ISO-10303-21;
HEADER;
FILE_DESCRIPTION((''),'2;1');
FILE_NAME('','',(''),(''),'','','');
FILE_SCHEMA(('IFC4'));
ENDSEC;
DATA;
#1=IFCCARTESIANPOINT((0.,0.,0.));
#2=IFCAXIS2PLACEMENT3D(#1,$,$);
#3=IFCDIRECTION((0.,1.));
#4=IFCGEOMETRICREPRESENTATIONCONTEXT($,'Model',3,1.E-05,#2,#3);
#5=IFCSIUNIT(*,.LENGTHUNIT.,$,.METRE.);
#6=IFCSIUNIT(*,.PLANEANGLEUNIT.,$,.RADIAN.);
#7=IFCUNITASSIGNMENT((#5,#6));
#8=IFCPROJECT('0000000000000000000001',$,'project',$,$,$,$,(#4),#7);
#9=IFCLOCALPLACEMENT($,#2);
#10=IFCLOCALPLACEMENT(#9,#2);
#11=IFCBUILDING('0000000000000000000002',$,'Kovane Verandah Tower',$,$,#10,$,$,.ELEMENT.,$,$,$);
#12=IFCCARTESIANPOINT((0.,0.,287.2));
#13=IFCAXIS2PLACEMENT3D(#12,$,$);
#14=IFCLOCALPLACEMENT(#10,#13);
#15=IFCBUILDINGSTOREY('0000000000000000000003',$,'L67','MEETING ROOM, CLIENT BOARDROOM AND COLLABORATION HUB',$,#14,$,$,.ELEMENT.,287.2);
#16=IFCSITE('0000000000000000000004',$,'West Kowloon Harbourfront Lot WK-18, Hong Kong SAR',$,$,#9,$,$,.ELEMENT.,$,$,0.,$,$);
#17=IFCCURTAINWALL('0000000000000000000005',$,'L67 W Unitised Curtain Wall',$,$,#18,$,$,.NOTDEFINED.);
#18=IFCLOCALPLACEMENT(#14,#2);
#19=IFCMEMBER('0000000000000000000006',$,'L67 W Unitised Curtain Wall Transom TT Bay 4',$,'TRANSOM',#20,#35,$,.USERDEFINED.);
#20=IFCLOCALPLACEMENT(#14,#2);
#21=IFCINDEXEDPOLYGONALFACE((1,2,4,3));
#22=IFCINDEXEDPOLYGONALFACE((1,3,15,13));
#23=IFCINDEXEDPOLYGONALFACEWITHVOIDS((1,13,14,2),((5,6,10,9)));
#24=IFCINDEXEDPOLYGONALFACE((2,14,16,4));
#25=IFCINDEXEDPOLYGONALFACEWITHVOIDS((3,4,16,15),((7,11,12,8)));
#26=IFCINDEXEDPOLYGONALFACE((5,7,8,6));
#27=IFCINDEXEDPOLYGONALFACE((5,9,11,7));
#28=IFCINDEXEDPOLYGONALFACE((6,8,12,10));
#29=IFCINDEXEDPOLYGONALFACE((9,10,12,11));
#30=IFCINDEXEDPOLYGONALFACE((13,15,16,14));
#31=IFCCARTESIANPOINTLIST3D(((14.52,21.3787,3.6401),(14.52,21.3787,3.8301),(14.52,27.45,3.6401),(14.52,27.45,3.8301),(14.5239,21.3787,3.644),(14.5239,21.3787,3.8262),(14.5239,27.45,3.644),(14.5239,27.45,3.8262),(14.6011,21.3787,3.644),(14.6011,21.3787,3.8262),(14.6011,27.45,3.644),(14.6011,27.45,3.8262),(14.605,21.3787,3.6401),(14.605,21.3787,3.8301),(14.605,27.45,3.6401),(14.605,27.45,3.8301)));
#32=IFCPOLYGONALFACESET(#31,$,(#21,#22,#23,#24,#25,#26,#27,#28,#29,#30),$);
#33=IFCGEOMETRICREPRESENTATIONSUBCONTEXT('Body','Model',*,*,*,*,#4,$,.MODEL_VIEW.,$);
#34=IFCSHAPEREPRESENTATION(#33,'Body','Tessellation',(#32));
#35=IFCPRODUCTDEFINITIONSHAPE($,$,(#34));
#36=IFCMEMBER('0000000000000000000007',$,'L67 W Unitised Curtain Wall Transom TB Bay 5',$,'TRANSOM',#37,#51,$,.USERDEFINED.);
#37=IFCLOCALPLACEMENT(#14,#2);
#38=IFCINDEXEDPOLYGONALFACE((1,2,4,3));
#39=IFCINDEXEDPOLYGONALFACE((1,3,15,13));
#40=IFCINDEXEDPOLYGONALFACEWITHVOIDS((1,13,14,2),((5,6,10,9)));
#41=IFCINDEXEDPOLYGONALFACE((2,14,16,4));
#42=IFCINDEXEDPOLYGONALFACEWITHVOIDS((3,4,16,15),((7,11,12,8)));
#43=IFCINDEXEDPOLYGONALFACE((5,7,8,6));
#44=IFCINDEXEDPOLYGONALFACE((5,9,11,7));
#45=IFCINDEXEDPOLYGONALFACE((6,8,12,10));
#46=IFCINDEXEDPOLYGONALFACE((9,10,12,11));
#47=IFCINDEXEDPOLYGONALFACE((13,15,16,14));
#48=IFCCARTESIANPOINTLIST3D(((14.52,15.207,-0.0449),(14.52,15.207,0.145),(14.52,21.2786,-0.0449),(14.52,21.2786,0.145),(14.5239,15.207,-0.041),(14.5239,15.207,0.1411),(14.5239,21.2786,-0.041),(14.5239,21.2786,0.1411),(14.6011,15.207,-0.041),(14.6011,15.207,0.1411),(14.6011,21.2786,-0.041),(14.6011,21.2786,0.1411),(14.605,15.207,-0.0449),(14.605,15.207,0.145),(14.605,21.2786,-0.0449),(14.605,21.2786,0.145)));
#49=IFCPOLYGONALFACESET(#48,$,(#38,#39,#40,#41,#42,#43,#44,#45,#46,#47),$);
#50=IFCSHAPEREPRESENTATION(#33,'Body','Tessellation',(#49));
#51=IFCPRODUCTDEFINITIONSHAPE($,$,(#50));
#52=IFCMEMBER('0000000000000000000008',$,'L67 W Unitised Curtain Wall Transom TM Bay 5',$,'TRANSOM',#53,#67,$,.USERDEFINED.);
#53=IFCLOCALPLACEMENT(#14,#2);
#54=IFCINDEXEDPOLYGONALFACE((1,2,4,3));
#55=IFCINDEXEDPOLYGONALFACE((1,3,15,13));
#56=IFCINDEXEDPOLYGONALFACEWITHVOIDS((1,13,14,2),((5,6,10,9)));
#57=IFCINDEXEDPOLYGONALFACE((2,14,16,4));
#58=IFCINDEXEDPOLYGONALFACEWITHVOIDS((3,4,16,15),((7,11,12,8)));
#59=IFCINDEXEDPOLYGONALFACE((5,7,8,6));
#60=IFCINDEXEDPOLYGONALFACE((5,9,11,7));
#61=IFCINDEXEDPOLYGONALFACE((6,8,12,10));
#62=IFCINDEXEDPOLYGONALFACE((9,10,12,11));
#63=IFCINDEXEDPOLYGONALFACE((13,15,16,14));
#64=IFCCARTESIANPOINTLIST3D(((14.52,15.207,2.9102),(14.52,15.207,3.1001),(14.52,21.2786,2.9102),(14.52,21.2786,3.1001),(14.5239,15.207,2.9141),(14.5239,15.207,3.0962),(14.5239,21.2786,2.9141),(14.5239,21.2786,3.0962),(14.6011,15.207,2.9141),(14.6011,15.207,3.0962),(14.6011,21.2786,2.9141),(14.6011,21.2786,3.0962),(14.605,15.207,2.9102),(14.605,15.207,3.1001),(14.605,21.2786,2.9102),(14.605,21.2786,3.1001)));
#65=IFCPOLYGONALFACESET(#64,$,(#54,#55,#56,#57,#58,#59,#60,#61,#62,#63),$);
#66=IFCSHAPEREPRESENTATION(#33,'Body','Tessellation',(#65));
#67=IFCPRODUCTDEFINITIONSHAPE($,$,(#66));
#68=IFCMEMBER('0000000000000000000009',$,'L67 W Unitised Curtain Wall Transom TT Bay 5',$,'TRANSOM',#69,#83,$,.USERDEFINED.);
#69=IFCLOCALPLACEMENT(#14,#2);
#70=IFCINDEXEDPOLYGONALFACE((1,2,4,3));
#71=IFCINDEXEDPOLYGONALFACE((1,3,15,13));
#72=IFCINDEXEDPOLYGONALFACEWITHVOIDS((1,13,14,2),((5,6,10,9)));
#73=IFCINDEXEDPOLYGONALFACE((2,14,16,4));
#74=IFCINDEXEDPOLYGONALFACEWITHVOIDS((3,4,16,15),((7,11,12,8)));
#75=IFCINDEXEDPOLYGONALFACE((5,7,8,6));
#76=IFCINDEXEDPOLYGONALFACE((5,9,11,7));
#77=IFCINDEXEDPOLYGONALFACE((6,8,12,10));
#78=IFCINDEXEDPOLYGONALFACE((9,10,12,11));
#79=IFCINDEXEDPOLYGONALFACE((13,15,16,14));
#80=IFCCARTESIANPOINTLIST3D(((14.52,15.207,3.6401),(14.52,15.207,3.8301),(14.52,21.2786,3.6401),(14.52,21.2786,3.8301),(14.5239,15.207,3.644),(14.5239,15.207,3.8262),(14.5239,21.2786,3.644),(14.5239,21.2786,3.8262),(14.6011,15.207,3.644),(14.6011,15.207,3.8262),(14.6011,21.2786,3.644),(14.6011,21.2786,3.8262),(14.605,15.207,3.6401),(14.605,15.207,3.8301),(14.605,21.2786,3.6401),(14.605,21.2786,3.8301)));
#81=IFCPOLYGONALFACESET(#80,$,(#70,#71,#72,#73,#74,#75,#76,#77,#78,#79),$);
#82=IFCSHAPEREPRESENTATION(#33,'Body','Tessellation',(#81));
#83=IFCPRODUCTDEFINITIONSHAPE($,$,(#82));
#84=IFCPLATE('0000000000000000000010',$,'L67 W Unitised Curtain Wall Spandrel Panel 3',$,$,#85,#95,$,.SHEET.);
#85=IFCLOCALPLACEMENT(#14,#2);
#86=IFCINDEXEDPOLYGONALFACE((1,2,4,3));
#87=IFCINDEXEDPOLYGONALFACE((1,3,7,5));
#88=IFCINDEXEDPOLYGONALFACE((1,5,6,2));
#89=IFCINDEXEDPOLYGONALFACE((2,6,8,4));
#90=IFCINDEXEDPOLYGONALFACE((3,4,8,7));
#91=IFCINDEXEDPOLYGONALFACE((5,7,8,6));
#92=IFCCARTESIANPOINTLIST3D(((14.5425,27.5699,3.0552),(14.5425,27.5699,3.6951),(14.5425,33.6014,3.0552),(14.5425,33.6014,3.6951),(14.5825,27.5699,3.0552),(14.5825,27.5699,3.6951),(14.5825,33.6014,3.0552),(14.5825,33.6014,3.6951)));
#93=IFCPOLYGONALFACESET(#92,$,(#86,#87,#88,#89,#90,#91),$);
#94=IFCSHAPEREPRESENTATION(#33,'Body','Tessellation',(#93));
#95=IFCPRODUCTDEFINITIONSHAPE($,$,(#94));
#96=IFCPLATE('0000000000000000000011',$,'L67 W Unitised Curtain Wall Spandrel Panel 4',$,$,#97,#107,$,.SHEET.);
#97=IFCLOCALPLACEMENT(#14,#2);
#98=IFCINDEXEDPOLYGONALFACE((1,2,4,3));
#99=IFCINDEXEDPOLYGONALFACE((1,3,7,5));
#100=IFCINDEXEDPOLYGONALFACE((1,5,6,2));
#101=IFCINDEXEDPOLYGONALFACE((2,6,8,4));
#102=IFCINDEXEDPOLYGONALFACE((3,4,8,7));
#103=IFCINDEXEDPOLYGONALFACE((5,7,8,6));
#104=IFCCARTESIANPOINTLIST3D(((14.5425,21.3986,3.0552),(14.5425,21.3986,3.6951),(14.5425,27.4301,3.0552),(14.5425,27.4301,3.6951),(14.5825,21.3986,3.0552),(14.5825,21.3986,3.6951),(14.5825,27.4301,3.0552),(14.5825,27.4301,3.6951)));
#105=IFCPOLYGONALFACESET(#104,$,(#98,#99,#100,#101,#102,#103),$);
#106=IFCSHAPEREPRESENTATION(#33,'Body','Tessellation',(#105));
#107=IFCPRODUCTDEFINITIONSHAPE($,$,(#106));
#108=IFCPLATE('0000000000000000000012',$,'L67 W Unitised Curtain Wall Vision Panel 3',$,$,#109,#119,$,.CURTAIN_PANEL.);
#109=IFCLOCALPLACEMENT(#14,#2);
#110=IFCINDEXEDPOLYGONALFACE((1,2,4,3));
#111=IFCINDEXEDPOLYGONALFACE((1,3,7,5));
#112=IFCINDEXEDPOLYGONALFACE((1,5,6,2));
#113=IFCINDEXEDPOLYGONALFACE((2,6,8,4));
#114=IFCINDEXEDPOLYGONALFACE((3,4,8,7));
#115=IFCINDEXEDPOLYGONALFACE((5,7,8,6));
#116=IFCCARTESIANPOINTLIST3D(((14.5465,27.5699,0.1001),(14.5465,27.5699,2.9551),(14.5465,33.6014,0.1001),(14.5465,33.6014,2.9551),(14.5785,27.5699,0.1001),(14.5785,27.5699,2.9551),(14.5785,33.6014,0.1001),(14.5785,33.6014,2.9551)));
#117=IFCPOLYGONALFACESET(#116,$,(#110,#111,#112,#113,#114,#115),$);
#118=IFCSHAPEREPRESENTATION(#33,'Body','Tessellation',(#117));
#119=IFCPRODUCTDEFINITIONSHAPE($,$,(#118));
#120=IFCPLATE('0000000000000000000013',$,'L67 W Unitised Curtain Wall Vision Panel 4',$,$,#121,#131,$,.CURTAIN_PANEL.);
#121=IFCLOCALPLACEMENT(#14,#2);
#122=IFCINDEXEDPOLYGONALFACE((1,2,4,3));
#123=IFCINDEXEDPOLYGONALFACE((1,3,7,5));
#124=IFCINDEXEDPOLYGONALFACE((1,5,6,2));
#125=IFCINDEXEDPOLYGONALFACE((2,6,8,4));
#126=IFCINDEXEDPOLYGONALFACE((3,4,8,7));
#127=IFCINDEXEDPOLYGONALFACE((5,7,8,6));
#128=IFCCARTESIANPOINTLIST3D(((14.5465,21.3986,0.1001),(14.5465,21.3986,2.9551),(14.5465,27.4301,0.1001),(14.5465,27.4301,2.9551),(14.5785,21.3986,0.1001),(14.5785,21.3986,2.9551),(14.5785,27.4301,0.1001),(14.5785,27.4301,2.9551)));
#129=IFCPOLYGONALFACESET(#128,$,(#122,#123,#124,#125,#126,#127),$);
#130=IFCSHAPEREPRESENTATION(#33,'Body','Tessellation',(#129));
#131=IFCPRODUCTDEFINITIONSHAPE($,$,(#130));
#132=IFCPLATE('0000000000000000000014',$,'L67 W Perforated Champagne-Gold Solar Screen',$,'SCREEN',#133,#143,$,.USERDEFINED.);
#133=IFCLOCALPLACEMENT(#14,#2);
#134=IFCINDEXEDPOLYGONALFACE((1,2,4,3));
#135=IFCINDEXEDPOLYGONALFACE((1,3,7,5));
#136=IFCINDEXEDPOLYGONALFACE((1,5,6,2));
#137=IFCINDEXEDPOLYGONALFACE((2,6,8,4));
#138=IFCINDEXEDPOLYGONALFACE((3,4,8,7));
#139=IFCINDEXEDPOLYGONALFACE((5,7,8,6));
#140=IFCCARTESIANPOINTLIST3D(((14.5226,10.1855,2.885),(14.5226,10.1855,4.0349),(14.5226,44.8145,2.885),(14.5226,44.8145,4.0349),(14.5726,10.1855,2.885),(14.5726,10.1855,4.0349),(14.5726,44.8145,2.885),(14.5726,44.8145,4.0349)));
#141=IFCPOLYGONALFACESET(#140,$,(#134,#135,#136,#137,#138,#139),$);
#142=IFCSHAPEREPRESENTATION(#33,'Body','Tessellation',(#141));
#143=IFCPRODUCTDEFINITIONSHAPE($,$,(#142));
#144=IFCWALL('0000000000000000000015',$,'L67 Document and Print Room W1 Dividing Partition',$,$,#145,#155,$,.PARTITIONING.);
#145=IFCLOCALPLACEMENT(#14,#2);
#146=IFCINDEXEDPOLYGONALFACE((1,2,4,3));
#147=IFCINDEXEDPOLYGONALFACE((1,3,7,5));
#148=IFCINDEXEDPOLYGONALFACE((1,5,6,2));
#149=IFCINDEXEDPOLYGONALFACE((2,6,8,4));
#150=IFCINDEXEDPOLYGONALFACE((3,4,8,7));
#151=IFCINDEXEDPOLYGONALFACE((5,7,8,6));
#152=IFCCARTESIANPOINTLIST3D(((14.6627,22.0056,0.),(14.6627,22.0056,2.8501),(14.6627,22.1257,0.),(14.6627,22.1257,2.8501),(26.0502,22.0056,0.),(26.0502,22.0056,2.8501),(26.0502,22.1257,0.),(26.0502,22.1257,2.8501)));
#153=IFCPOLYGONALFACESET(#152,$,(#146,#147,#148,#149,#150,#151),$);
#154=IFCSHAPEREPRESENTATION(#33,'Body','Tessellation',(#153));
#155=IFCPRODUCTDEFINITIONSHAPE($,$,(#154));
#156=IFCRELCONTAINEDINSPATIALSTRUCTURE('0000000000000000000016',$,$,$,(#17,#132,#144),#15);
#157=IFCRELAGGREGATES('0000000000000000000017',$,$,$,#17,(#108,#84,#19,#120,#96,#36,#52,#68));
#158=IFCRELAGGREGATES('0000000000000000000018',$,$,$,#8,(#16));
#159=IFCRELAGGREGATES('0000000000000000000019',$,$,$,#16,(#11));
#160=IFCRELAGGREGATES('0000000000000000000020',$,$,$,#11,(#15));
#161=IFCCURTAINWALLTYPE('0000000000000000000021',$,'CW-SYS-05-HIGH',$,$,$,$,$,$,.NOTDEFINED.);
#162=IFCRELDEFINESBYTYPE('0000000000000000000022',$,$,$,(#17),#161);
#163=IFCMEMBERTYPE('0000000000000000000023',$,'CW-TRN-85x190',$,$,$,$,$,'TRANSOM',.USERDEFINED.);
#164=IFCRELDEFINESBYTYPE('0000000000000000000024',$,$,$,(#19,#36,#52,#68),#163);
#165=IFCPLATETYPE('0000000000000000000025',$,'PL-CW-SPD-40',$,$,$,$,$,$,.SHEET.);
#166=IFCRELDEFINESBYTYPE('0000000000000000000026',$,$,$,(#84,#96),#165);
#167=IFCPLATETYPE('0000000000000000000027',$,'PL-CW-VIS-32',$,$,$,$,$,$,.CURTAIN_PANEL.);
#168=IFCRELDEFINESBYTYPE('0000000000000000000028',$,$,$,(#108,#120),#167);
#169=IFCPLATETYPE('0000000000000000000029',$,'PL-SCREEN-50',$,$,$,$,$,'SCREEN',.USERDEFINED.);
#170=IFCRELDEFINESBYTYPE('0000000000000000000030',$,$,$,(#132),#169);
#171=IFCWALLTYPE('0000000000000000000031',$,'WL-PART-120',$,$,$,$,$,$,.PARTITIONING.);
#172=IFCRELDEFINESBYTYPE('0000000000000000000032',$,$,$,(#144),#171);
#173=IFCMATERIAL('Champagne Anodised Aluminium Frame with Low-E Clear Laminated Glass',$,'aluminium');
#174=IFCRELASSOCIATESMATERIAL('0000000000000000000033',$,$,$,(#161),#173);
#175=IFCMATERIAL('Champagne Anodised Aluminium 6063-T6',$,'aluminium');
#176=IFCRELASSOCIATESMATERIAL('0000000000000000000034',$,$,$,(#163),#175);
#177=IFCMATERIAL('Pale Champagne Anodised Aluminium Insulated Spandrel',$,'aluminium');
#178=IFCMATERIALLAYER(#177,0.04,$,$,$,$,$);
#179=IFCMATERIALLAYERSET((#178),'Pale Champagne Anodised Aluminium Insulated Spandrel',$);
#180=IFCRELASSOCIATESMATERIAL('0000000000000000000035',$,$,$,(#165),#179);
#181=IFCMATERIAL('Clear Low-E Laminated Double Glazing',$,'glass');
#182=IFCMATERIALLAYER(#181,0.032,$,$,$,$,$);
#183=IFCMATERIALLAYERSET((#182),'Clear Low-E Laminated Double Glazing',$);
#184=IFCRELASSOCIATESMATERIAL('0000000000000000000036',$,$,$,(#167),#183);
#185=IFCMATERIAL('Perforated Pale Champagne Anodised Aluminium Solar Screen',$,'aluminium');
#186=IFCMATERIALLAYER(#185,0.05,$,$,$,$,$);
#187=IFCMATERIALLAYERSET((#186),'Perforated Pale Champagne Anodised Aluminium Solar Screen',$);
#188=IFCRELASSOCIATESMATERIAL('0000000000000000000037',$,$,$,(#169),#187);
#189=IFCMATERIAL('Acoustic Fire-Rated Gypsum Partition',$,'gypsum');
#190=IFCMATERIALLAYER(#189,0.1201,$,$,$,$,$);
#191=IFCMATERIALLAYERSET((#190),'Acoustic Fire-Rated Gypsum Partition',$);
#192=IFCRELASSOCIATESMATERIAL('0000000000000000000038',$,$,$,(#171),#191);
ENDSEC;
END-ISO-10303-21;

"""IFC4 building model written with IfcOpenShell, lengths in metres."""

from ifc_helpers import new_model, si_unit, direction, frame, frame_2d, origin, origin_2d, place, context, subcontext, project, spatial, rectangle, hollow_rectangle, extrude, material, layer, layer_set, material_profile, profile_set, type_object, element, aggregate, save


model = new_model("IFC4")

# Units and contexts
model_context = context("Model", 3, precision=1e-05, world=origin(), true_north=direction((0.0, 1.0)))
body_context = subcontext(model_context, "Body", "Model", "MODEL_VIEW")
ifc_project = project(units=[si_unit("LENGTHUNIT", "METRE"), si_unit("PLANEANGLEUNIT", "RADIAN")], contexts=[model_context])

# Site, building, storey
site_placement = place(None, origin())
site = spatial("IfcSite", under=ifc_project, at=site_placement, Name="West Kowloon Harbourfront Lot WK-18, Hong Kong SAR", CompositionType="ELEMENT", RefElevation=0.0)
building_placement = place(site_placement, origin())
building = spatial("IfcBuilding", under=site, at=building_placement, Name="Kovane Verandah Tower", CompositionType="ELEMENT")
storey_placement = place(building_placement, frame((0.0, 0.0, 287.2)))
storey = spatial("IfcBuildingStorey", under=building, at=storey_placement, Name="L67", Description="MEETING ROOM, CLIENT BOARDROOM AND COLLABORATION HUB", CompositionType="ELEMENT", Elevation=287.2)

# Curtain wall, members, plates
ifc_material_1 = material(Name="Champagne Anodised Aluminium Frame with Low-E Clear Laminated Glass", Category="aluminium")
curtain_wall_type = type_object("IfcCurtainWallType", Name="CW-SYS-05-HIGH", PredefinedType="NOTDEFINED", material=ifc_material_1)
curtain_wall_placement = place(storey_placement, origin())
curtain_wall = element("IfcCurtainWall", 1, at=curtain_wall_placement, inside=storey, type_object=curtain_wall_type, Name="L67 W Unitised Curtain Wall", PredefinedType="NOTDEFINED")
ifc_material_2 = material(Name="Champagne Anodised Aluminium 6063-T6", Category="aluminium")
ifc_material_profile_1 = material_profile(ifc_material_2, hollow_rectangle(XDim=0.085, YDim=0.1899, WallThickness=0.0039, at=origin_2d()), Name="AL85x190x4")
ifc_profile_set_1 = profile_set([ifc_material_profile_1], Name="Champagne Anodised Aluminium 6063-T6")
member_type_1 = type_object("IfcMemberType", Name="CW-TRN-85x190", ElementType="TRANSOM", PredefinedType="USERDEFINED", material=ifc_profile_set_1)
member_1_placement = place(storey_placement, frame((14.5625, 27.45, 3.7351), z_axis=(0.0, -1.0, 0.0), x_axis=(1.0, 0.0, 0.0)))
member_1 = element("IfcMember", 2, at=member_1_placement, type_object=member_type_1, Name="L67 W Unitised Curtain Wall Transom TT Bay 4", ObjectType="TRANSOM", PredefinedType="USERDEFINED", context=body_context, shape_type="SweptSolid", body=[
    extrude(hollow_rectangle(XDim=0.085, YDim=0.1899, WallThickness=0.0039, at=origin_2d()), origin(), (0.0, 0.0, 1.0), 6.0713),
])
member_2_placement = place(storey_placement, frame((14.5625, 21.2786, 0.05), z_axis=(0.0, -1.0, 0.0), x_axis=(1.0, 0.0, 0.0)))
member_2 = element("IfcMember", 3, at=member_2_placement, type_object=member_type_1, Name="L67 W Unitised Curtain Wall Transom TB Bay 5", ObjectType="TRANSOM", PredefinedType="USERDEFINED", context=body_context, shape_type="SweptSolid", body=[
    extrude(hollow_rectangle(XDim=0.085, YDim=0.1899, WallThickness=0.0039, at=origin_2d()), origin(), (0.0, 0.0, 1.0), 6.0715),
])
member_3_placement = place(storey_placement, frame((14.5625, 21.2786, 3.0051), z_axis=(0.0, -1.0, 0.0), x_axis=(1.0, 0.0, 0.0)))
member_3 = element("IfcMember", 4, at=member_3_placement, type_object=member_type_1, Name="L67 W Unitised Curtain Wall Transom TM Bay 5", ObjectType="TRANSOM", PredefinedType="USERDEFINED", context=body_context, shape_type="SweptSolid", body=[
    extrude(hollow_rectangle(XDim=0.085, YDim=0.1899, WallThickness=0.0039, at=origin_2d()), origin(), (0.0, 0.0, 1.0), 6.0715),
])
member_4_placement = place(storey_placement, frame((14.5625, 21.2786, 3.7351), z_axis=(0.0, -1.0, 0.0), x_axis=(1.0, 0.0, 0.0)))
member_4 = element("IfcMember", 5, at=member_4_placement, type_object=member_type_1, Name="L67 W Unitised Curtain Wall Transom TT Bay 5", ObjectType="TRANSOM", PredefinedType="USERDEFINED", context=body_context, shape_type="SweptSolid", body=[
    extrude(hollow_rectangle(XDim=0.085, YDim=0.1899, WallThickness=0.0039, at=origin_2d()), origin(), (0.0, 0.0, 1.0), 6.0715),
])
ifc_material_3 = material(Name="Pale Champagne Anodised Aluminium Insulated Spandrel", Category="aluminium")
ifc_layer_1 = layer(ifc_material_3, 0.04)
ifc_layer_set_1 = layer_set([ifc_layer_1], Name="Pale Champagne Anodised Aluminium Insulated Spandrel")
plate_type_1 = type_object("IfcPlateType", Name="PL-CW-SPD-40", PredefinedType="SHEET", material=ifc_layer_set_1)
plate_1_placement = place(storey_placement, frame((14.5625, 30.5857, 3.0552), z_axis=(0.0, 0.0, 1.0), x_axis=(0.0, -1.0, 0.0)))
plate_1 = element("IfcPlate", 6, at=plate_1_placement, type_object=plate_type_1, Name="L67 W Unitised Curtain Wall Spandrel Panel 3", PredefinedType="SHEET", context=body_context, shape_type="SweptSolid", body=[
    extrude(rectangle(XDim=6.0315, YDim=0.04, at=origin_2d()), origin(), (0.0, 0.0, 1.0), 0.6399),
])
plate_2_placement = place(storey_placement, frame((14.5625, 24.4143, 3.0552), z_axis=(0.0, 0.0, 1.0), x_axis=(0.0, -1.0, 0.0)))
plate_2 = element("IfcPlate", 7, at=plate_2_placement, type_object=plate_type_1, Name="L67 W Unitised Curtain Wall Spandrel Panel 4", PredefinedType="SHEET", context=body_context, shape_type="SweptSolid", body=[
    extrude(rectangle(XDim=6.0315, YDim=0.04, at=origin_2d()), origin(), (0.0, 0.0, 1.0), 0.6399),
])
ifc_material_4 = material(Name="Clear Low-E Laminated Double Glazing", Category="glass")
ifc_layer_2 = layer(ifc_material_4, 0.032)
ifc_layer_set_2 = layer_set([ifc_layer_2], Name="Clear Low-E Laminated Double Glazing")
plate_type_2 = type_object("IfcPlateType", Name="PL-CW-VIS-32", PredefinedType="CURTAIN_PANEL", material=ifc_layer_set_2)
plate_3_placement = place(storey_placement, frame((14.5625, 30.5857, 0.1001), z_axis=(0.0, 0.0, 1.0), x_axis=(0.0, -1.0, 0.0)))
plate_3 = element("IfcPlate", 8, at=plate_3_placement, type_object=plate_type_2, Name="L67 W Unitised Curtain Wall Vision Panel 3", PredefinedType="CURTAIN_PANEL", context=body_context, shape_type="SweptSolid", body=[
    extrude(rectangle(XDim=6.0315, YDim=0.032, at=origin_2d()), origin(), (0.0, 0.0, 1.0), 2.855),
])
plate_4_placement = place(storey_placement, frame((14.5625, 24.4143, 0.1001), z_axis=(0.0, 0.0, 1.0), x_axis=(0.0, -1.0, 0.0)))
plate_4 = element("IfcPlate", 9, at=plate_4_placement, type_object=plate_type_2, Name="L67 W Unitised Curtain Wall Vision Panel 4", PredefinedType="CURTAIN_PANEL", context=body_context, shape_type="SweptSolid", body=[
    extrude(rectangle(XDim=6.0315, YDim=0.032, at=origin_2d()), origin(), (0.0, 0.0, 1.0), 2.855),
])
aggregate(curtain_wall, [plate_3, plate_1, member_1, plate_4, plate_2, member_2, member_3, member_4])

# Plate
ifc_material_5 = material(Name="Perforated Pale Champagne Anodised Aluminium Solar Screen", Category="aluminium")
ifc_layer_3 = layer(ifc_material_5, 0.05)
ifc_layer_set_3 = layer_set([ifc_layer_3], Name="Perforated Pale Champagne Anodised Aluminium Solar Screen")
plate_type_3 = type_object("IfcPlateType", Name="PL-SCREEN-50", ElementType="SCREEN", PredefinedType="USERDEFINED", material=ifc_layer_set_3)
plate_5_placement = place(storey_placement, frame((14.5476, 27.5, 2.885), z_axis=(0.0, 0.0, 1.0), x_axis=(0.0, -1.0, 0.0)))
element("IfcPlate", 10, at=plate_5_placement, inside=storey, type_object=plate_type_3, Name="L67 W Perforated Champagne-Gold Solar Screen", ObjectType="SCREEN", PredefinedType="USERDEFINED", context=body_context, shape_type="SweptSolid", body=[
    extrude(rectangle(XDim=34.6289, YDim=0.05, at=origin_2d()), origin(), (0.0, 0.0, 1.0), 1.1499),
])

# Wall
ifc_material_6 = material(Name="Acoustic Fire-Rated Gypsum Partition", Category="gypsum")
ifc_layer_4 = layer(ifc_material_6, 0.1201)
ifc_layer_set_4 = layer_set([ifc_layer_4], Name="Acoustic Fire-Rated Gypsum Partition")
wall_type = type_object("IfcWallType", Name="WL-PART-120", PredefinedType="PARTITIONING", material=ifc_layer_set_4)
wall_placement = place(storey_placement, frame((14.6626, 22.0657, 0.0), z_axis=(0.0, 0.0, 1.0), x_axis=(1.0, 0.0, 0.0)))
element("IfcWall", 11, at=wall_placement, inside=storey, type_object=wall_type, Name="L67 Document and Print Room W1 Dividing Partition", PredefinedType="PARTITIONING", context=body_context, shape_type="SweptSolid", body=[
    extrude(rectangle(XDim=11.3875, YDim=0.1201, at=frame_2d((5.6938, 0.0))), origin(), (0.0, 0.0, 1.0), 2.8501),
])

save(model, "model.ifc")
